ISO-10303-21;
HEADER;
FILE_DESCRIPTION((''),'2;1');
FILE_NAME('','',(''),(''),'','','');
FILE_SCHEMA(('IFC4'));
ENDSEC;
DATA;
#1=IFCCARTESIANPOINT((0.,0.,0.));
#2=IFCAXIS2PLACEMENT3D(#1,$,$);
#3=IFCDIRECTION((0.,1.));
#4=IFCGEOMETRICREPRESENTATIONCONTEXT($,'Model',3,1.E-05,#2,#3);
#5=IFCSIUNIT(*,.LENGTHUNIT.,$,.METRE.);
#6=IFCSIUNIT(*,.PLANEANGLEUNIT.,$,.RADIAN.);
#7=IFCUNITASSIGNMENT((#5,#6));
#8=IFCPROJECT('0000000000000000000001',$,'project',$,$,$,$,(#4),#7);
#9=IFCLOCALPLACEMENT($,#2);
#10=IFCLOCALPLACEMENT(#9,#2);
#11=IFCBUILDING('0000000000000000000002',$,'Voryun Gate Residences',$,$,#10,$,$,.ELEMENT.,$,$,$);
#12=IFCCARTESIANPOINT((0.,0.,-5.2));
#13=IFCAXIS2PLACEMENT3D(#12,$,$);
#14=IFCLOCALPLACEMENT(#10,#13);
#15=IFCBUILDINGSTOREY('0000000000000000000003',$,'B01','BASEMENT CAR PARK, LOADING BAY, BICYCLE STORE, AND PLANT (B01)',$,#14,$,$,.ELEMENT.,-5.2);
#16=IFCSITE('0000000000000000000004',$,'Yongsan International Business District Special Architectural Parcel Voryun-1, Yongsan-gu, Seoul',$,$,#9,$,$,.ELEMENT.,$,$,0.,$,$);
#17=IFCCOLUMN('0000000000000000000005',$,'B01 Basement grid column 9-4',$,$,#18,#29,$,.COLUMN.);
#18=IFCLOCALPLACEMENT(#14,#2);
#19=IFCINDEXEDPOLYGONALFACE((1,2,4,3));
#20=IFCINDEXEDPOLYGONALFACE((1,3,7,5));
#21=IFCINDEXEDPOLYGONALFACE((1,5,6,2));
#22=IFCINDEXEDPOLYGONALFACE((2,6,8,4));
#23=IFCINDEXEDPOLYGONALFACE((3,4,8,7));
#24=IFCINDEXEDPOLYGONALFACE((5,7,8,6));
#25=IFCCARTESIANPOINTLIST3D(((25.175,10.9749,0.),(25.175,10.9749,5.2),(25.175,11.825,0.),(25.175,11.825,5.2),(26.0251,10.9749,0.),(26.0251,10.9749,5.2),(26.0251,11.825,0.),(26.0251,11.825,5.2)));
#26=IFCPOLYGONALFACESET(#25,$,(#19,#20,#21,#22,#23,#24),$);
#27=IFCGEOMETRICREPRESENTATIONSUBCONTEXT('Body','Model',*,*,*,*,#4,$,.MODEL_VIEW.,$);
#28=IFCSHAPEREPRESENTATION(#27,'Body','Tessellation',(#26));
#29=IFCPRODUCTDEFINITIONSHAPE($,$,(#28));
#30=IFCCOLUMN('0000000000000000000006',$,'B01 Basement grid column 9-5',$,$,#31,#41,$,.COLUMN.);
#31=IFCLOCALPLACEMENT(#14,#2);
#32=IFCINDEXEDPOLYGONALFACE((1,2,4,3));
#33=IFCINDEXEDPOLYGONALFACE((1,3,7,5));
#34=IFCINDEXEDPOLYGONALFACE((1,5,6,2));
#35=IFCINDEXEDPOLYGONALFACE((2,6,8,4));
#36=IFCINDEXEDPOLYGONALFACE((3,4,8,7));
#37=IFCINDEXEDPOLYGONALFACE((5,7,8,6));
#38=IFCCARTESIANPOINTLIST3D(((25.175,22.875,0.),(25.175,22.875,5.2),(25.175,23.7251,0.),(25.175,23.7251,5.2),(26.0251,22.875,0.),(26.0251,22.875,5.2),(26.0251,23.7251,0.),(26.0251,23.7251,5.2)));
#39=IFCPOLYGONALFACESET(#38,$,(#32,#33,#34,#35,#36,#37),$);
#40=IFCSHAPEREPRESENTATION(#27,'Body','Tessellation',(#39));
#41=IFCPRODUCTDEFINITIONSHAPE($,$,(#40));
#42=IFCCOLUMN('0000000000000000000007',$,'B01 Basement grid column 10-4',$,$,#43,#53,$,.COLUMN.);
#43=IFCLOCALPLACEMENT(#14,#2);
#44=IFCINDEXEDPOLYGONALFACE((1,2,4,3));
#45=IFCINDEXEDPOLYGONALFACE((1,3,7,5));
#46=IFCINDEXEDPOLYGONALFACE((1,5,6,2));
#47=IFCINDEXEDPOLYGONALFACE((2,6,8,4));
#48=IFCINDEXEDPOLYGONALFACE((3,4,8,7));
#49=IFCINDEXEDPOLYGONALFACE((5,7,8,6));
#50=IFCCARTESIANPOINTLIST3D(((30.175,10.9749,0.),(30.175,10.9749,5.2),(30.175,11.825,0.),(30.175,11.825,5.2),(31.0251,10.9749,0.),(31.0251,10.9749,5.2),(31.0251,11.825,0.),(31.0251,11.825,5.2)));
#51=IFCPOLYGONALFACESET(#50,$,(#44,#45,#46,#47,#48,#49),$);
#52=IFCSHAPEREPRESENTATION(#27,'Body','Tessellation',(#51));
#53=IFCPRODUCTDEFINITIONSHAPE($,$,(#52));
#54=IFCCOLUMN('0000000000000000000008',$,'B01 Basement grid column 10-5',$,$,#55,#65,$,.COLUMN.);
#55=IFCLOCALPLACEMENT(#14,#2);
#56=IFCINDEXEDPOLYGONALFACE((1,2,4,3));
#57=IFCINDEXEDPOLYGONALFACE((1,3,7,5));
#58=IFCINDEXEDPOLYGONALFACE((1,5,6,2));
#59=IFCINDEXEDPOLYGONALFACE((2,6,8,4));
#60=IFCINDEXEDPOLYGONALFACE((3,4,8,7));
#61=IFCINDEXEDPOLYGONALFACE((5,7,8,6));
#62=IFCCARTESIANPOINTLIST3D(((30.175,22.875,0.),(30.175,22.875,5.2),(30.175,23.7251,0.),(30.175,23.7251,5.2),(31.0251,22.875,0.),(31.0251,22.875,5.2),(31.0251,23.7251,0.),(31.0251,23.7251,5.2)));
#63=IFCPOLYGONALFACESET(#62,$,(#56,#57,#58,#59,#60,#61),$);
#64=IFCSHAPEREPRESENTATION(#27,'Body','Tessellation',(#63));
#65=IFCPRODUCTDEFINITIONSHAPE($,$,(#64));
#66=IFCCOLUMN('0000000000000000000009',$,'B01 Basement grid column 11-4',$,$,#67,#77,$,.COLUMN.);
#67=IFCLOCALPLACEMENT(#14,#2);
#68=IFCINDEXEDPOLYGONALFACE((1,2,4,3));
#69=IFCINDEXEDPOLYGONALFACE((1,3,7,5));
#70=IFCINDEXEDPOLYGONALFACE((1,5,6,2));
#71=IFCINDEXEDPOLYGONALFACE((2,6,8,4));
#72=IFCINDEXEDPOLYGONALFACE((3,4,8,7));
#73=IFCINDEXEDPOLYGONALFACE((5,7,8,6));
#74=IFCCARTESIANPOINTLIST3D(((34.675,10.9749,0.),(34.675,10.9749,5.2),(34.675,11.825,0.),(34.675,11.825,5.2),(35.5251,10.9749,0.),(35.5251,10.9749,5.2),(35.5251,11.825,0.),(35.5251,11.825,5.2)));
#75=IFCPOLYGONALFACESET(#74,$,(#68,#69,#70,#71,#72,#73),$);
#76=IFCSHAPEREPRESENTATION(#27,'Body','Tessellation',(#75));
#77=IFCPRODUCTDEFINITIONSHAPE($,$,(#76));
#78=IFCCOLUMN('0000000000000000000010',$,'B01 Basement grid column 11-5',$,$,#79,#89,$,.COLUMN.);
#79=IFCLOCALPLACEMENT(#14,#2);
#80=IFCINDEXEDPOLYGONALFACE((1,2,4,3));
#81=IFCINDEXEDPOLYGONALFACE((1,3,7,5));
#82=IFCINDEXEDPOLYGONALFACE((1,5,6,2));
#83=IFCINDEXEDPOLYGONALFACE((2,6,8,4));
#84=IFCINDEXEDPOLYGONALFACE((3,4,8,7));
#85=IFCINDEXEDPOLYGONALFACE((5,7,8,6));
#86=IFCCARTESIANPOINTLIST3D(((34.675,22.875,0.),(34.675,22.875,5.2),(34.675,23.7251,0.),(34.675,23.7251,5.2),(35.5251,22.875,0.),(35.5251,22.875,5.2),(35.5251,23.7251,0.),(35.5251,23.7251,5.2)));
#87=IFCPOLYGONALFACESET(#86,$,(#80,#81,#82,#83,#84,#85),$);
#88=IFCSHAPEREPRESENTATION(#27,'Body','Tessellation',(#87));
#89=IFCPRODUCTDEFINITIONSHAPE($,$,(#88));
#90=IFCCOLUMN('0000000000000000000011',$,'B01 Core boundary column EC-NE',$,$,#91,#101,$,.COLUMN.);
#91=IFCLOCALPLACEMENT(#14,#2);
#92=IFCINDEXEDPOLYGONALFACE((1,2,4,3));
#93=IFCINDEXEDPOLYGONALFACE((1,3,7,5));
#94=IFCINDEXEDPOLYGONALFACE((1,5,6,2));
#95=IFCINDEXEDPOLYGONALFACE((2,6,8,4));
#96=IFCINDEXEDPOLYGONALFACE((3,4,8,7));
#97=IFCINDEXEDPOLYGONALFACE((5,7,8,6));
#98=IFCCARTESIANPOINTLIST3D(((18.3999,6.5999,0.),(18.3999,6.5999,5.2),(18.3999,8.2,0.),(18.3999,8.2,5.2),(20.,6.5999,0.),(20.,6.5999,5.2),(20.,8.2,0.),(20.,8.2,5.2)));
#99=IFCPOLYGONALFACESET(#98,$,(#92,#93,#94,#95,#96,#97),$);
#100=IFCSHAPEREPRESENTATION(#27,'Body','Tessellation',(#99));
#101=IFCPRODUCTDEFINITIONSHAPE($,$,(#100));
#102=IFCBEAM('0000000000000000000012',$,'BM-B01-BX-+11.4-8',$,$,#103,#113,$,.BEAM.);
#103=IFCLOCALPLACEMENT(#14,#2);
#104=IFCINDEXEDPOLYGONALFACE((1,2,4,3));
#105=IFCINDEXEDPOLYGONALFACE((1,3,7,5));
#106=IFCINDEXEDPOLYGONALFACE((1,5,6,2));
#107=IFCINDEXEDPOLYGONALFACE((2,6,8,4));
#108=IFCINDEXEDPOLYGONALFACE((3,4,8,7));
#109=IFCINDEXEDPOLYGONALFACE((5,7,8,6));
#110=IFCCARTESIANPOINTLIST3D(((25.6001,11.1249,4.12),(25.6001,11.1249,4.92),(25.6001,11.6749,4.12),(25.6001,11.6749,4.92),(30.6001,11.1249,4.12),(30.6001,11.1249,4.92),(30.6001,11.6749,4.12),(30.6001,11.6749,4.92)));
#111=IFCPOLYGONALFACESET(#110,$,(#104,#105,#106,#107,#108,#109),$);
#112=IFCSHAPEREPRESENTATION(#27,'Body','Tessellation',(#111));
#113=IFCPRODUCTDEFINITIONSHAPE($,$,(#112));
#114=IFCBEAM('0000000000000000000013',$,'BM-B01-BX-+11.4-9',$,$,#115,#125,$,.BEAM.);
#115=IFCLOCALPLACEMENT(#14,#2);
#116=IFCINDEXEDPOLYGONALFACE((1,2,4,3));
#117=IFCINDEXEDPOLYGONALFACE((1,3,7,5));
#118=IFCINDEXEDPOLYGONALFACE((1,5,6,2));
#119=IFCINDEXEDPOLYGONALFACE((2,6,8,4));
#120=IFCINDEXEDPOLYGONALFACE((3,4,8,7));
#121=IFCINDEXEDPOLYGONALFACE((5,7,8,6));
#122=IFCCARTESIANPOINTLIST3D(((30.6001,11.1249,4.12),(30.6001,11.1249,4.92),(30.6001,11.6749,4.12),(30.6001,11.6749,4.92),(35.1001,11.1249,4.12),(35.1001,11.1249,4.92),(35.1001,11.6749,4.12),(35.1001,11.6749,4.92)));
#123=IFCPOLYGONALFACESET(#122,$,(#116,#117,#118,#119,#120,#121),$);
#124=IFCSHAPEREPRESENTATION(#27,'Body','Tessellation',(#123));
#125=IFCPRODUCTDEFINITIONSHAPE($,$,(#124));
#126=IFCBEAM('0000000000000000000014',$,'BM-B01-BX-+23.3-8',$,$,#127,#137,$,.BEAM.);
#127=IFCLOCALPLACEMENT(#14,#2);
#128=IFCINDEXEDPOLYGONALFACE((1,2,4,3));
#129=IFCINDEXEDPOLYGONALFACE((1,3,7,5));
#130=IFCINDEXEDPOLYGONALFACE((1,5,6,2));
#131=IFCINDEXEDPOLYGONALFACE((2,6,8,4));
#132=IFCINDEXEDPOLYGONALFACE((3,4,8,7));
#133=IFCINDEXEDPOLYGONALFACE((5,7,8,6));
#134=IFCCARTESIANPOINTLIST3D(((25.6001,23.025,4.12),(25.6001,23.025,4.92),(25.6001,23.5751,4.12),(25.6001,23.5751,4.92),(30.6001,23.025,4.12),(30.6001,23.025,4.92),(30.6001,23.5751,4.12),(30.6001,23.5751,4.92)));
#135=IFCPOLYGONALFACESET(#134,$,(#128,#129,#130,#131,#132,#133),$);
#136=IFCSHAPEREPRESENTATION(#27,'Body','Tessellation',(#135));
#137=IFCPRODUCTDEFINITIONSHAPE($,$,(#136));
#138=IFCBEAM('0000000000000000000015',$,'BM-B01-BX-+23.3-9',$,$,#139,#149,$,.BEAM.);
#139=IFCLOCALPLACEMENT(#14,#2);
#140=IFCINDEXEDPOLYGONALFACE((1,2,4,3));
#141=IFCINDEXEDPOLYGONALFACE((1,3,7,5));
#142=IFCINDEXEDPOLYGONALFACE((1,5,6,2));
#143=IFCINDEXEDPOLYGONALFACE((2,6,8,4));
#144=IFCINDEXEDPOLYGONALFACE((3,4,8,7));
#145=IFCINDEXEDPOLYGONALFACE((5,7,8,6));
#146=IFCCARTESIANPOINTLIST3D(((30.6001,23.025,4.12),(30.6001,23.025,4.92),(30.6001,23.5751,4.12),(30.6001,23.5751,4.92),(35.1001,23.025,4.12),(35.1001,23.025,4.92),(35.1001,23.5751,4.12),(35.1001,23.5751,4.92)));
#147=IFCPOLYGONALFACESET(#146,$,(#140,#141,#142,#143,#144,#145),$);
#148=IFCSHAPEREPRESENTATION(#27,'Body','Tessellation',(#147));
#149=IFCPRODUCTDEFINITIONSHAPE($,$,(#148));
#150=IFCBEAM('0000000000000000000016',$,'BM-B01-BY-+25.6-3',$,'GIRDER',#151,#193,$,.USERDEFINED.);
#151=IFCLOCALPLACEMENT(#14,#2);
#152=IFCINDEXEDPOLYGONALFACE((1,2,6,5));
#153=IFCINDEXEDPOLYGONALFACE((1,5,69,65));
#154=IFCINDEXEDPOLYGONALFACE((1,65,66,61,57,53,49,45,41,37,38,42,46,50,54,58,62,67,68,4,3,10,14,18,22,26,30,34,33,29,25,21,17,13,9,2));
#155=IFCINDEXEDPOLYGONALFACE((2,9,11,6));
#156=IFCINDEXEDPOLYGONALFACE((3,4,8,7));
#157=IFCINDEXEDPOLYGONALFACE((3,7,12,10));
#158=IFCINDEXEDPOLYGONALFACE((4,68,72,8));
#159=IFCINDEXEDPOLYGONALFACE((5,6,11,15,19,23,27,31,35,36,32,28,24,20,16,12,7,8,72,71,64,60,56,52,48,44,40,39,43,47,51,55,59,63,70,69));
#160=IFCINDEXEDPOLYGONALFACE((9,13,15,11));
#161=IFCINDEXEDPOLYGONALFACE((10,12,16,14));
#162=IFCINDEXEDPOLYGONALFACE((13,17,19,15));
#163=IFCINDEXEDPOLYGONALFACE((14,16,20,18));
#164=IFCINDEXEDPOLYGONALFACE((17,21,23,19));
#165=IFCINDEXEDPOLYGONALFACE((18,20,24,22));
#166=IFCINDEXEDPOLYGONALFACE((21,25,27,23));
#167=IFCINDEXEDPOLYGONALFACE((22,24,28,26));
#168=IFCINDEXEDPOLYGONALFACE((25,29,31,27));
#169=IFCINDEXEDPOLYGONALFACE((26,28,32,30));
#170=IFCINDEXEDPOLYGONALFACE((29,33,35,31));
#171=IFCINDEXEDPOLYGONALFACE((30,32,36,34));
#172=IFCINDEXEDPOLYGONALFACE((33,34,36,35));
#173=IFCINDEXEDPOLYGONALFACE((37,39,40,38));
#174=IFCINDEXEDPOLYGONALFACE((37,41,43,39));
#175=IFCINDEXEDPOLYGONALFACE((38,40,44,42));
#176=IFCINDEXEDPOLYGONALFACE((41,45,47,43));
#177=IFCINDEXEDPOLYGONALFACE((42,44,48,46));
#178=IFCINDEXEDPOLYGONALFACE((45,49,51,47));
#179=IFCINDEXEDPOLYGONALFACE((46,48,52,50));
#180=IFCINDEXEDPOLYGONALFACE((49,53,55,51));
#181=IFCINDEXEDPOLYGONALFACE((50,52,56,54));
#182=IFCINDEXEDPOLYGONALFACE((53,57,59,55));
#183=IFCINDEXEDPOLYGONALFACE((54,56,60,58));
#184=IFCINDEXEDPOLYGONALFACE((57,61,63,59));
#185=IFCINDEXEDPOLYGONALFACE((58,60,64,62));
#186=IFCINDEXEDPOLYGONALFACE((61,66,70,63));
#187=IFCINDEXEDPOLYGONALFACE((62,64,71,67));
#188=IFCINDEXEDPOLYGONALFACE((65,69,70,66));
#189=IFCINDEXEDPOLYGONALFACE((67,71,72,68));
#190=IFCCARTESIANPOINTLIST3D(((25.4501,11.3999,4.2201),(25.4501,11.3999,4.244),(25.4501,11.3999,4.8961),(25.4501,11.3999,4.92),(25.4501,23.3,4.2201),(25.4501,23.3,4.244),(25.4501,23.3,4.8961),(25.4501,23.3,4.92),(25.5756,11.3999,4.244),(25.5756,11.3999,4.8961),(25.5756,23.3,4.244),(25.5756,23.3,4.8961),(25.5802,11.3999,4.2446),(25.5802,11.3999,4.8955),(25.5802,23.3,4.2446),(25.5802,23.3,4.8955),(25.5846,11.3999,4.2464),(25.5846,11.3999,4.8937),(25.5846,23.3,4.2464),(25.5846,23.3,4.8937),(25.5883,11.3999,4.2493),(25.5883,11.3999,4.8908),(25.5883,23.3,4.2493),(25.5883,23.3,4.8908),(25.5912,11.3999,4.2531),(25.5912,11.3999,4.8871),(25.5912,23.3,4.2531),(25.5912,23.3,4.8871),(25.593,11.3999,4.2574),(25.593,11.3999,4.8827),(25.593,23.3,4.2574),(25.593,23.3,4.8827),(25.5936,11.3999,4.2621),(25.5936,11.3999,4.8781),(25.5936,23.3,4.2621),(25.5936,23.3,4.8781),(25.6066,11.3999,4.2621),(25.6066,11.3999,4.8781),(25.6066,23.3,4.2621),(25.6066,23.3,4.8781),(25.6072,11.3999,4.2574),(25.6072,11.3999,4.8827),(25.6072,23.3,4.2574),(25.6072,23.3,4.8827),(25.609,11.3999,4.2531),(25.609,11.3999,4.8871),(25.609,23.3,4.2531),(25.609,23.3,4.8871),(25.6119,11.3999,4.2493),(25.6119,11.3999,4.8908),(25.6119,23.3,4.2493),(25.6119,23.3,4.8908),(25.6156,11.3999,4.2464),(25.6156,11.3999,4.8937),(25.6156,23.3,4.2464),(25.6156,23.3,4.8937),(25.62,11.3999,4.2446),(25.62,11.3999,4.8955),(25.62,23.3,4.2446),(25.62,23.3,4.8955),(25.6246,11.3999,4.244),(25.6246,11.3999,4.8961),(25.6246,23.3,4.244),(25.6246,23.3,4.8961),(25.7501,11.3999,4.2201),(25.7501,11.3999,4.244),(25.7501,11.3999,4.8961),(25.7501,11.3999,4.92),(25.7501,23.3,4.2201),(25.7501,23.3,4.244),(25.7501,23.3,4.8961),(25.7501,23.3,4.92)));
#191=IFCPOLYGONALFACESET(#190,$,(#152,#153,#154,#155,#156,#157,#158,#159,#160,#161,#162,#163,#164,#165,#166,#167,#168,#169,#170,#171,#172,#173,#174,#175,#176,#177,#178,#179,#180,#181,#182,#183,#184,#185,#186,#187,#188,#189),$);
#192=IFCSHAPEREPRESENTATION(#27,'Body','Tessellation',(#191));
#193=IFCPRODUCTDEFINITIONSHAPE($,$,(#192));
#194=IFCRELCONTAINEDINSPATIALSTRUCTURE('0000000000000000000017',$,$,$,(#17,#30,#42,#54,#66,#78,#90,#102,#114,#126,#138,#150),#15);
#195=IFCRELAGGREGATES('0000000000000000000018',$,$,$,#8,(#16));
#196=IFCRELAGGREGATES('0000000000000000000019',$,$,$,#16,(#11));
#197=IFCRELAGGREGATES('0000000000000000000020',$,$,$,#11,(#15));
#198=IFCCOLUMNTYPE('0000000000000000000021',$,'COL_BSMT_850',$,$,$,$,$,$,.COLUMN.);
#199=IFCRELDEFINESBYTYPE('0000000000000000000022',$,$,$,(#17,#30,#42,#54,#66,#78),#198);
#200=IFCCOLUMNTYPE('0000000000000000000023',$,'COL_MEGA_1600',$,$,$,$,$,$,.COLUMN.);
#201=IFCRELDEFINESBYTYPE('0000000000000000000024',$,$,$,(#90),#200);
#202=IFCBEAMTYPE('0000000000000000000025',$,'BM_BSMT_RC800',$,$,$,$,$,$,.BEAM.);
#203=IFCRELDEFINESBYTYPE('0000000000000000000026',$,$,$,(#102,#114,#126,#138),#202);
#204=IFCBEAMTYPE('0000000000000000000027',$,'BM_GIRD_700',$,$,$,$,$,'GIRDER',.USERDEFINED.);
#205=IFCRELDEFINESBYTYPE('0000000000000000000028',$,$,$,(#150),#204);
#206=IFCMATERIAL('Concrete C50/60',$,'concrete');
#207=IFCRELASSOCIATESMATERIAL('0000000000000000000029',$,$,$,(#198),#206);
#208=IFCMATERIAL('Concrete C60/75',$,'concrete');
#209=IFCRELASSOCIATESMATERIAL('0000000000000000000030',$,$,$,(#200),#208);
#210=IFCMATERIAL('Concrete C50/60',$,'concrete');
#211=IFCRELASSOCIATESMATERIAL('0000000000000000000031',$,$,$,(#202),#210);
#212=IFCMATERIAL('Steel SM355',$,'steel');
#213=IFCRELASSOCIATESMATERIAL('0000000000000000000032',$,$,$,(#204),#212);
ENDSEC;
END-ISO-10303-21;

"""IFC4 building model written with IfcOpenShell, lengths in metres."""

from ifc_helpers import new_model, si_unit, direction, frame, origin, origin_2d, place, context, subcontext, project, spatial, rectangle, i_section, extrude, material, material_profile, profile_set, type_object, element, save


model = new_model("IFC4")

# Units and contexts
model_context = context("Model", 3, precision=1e-05, world=origin(), true_north=direction((0.0, 1.0)))
body_context = subcontext(model_context, "Body", "Model", "MODEL_VIEW")
ifc_project = project(units=[si_unit("LENGTHUNIT", "METRE"), si_unit("PLANEANGLEUNIT", "RADIAN")], contexts=[model_context])

# Site, building, storey
site_placement = place(None, origin())
site = spatial("IfcSite", under=ifc_project, at=site_placement, Name="Yongsan International Business District Special Architectural Parcel Voryun-1, Yongsan-gu, Seoul", CompositionType="ELEMENT", RefElevation=0.0)
building_placement = place(site_placement, origin())
building = spatial("IfcBuilding", under=site, at=building_placement, Name="Voryun Gate Residences", CompositionType="ELEMENT")
storey_placement = place(building_placement, frame((0.0, 0.0, -5.2)))
storey = spatial("IfcBuildingStorey", under=building, at=storey_placement, Name="B01", Description="BASEMENT CAR PARK, LOADING BAY, BICYCLE STORE, AND PLANT (B01)", CompositionType="ELEMENT", Elevation=-5.2)

# Columns
ifc_material_1 = material(Name="Concrete C50/60", Category="concrete")
ifc_material_profile_1 = material_profile(ifc_material_1, rectangle(XDim=0.8501, YDim=0.8501, at=origin_2d()), Name="RC-850x850")
ifc_profile_set_1 = profile_set([ifc_material_profile_1], Name="Concrete C50/60")
column_type_1 = type_object("IfcColumnType", Name="COL_BSMT_850", PredefinedType="COLUMN", material=ifc_profile_set_1)
for number, where, z_axis, x_axis, name in (
    (1, (25.6001, 11.3999, 0.0), (0.0, 0.0, 1.0), (1.0, 0.0, 0.0), "B01 Basement grid column 9-4"),
    (2, (25.6001, 23.3, 0.0), (0.0, 0.0, 1.0), (1.0, 0.0, 0.0), "B01 Basement grid column 9-5"),
    (3, (30.6001, 11.3999, 0.0), (0.0, 0.0, 1.0), (1.0, 0.0, 0.0), "B01 Basement grid column 10-4"),
    (4, (30.6001, 23.3, 0.0), (0.0, 0.0, 1.0), (1.0, 0.0, 0.0), "B01 Basement grid column 10-5"),
    (5, (35.1001, 11.3999, 0.0), (0.0, 0.0, 1.0), (1.0, 0.0, 0.0), "B01 Basement grid column 11-4"),
    (6, (35.1001, 23.3, 0.0), (0.0, 0.0, 1.0), (1.0, 0.0, 0.0), "B01 Basement grid column 11-5"),
):
    element("IfcColumn", number, at=place(storey_placement, frame(where, z_axis=z_axis, x_axis=x_axis)), inside=storey, type_object=column_type_1, Name=name, PredefinedType="COLUMN", context=body_context, shape_type="SweptSolid", body=[
        extrude(rectangle(XDim=0.8501, YDim=0.8501, at=origin_2d()), origin(), (0.0, 0.0, 1.0), 5.2),
    ])
ifc_material_2 = material(Name="Concrete C60/75", Category="concrete")
ifc_material_profile_2 = material_profile(ifc_material_2, rectangle(XDim=1.6001, YDim=1.6001, at=origin_2d()), Name="RC-1600x1600")
ifc_profile_set_2 = profile_set([ifc_material_profile_2], Name="Concrete C60/75")
column_type_2 = type_object("IfcColumnType", Name="COL_MEGA_1600", PredefinedType="COLUMN", material=ifc_profile_set_2)
column_placement = place(storey_placement, frame((19.2, 7.3999, 0.0), z_axis=(0.0, 0.0, 1.0), x_axis=(1.0, 0.0, 0.0)))
element("IfcColumn", 7, at=column_placement, inside=storey, type_object=column_type_2, Name="B01 Core boundary column EC-NE", PredefinedType="COLUMN", context=body_context, shape_type="SweptSolid", body=[
    extrude(rectangle(XDim=1.6001, YDim=1.6001, at=origin_2d()), origin(), (0.0, 0.0, 1.0), 5.2),
])

# Beams
ifc_material_3 = material(Name="Concrete C50/60", Category="concrete")
ifc_material_profile_3 = material_profile(ifc_material_3, rectangle(XDim=0.55, YDim=0.8, at=origin_2d()), Name="RC-550x800")
ifc_profile_set_3 = profile_set([ifc_material_profile_3], Name="Concrete C50/60")
beam_type_1 = type_object("IfcBeamType", Name="BM_BSMT_RC800", PredefinedType="BEAM", material=ifc_profile_set_3)
beam_1_placement = place(storey_placement, frame((25.6001, 11.3999, 4.52), z_axis=(1.0, 0.0, 0.0), x_axis=(0.0, 1.0, 0.0)))
element("IfcBeam", 8, at=beam_1_placement, inside=storey, type_object=beam_type_1, Name="BM-B01-BX-+11.4-8", PredefinedType="BEAM", context=body_context, shape_type="SweptSolid", body=[
    extrude(rectangle(XDim=0.55, YDim=0.8, at=origin_2d()), origin(), (0.0, 0.0, 1.0), 5.0),
])
beam_2_placement = place(storey_placement, frame((30.6001, 11.3999, 4.52), z_axis=(1.0, 0.0, 0.0), x_axis=(0.0, 1.0, 0.0)))
element("IfcBeam", 9, at=beam_2_placement, inside=storey, type_object=beam_type_1, Name="BM-B01-BX-+11.4-9", PredefinedType="BEAM", context=body_context, shape_type="SweptSolid", body=[
    extrude(rectangle(XDim=0.55, YDim=0.8, at=origin_2d()), origin(), (0.0, 0.0, 1.0), 4.5),
])
beam_3_placement = place(storey_placement, frame((25.6001, 23.3, 4.52), z_axis=(1.0, 0.0, 0.0), x_axis=(0.0, 1.0, 0.0)))
element("IfcBeam", 10, at=beam_3_placement, inside=storey, type_object=beam_type_1, Name="BM-B01-BX-+23.3-8", PredefinedType="BEAM", context=body_context, shape_type="SweptSolid", body=[
    extrude(rectangle(XDim=0.55, YDim=0.8, at=origin_2d()), origin(), (0.0, 0.0, 1.0), 5.0),
])
beam_4_placement = place(storey_placement, frame((30.6001, 23.3, 4.52), z_axis=(1.0, 0.0, 0.0), x_axis=(0.0, 1.0, 0.0)))
element("IfcBeam", 11, at=beam_4_placement, inside=storey, type_object=beam_type_1, Name="BM-B01-BX-+23.3-9", PredefinedType="BEAM", context=body_context, shape_type="SweptSolid", body=[
    extrude(rectangle(XDim=0.55, YDim=0.8, at=origin_2d()), origin(), (0.0, 0.0, 1.0), 4.5),
])
ifc_material_4 = material(Name="Steel SM355", Category="steel")
ifc_material_profile_4 = material_profile(ifc_material_4, i_section(OverallWidth=0.3, OverallDepth=0.7, WebThickness=0.0129, FlangeThickness=0.0239, FilletRadius=0.0181, at=origin_2d()), Name="H-700x300x13x24")
ifc_profile_set_4 = profile_set([ifc_material_profile_4], Name="Steel SM355")
beam_type_2 = type_object("IfcBeamType", Name="BM_GIRD_700", ElementType="GIRDER", PredefinedType="USERDEFINED", material=ifc_profile_set_4)
for number, where, z_axis, x_axis, name in (
    (12, (25.6001, 11.3999, 4.5701), (0.0, 1.0, 0.0), (-1.0, 0.0, 0.0), "BM-B01-BY-+25.6-3"),
):
    element("IfcBeam", number, at=place(storey_placement, frame(where, z_axis=z_axis, x_axis=x_axis)), inside=storey, type_object=beam_type_2, Name=name, ObjectType="GIRDER", PredefinedType="USERDEFINED", context=body_context, shape_type="SweptSolid", body=[
        extrude(i_section(OverallWidth=0.3, OverallDepth=0.7, WebThickness=0.0129, FlangeThickness=0.0239, FilletRadius=0.0181, at=origin_2d()), origin(), (0.0, 0.0, 1.0), 11.9001),
    ])

save(model, "model.ifc")
